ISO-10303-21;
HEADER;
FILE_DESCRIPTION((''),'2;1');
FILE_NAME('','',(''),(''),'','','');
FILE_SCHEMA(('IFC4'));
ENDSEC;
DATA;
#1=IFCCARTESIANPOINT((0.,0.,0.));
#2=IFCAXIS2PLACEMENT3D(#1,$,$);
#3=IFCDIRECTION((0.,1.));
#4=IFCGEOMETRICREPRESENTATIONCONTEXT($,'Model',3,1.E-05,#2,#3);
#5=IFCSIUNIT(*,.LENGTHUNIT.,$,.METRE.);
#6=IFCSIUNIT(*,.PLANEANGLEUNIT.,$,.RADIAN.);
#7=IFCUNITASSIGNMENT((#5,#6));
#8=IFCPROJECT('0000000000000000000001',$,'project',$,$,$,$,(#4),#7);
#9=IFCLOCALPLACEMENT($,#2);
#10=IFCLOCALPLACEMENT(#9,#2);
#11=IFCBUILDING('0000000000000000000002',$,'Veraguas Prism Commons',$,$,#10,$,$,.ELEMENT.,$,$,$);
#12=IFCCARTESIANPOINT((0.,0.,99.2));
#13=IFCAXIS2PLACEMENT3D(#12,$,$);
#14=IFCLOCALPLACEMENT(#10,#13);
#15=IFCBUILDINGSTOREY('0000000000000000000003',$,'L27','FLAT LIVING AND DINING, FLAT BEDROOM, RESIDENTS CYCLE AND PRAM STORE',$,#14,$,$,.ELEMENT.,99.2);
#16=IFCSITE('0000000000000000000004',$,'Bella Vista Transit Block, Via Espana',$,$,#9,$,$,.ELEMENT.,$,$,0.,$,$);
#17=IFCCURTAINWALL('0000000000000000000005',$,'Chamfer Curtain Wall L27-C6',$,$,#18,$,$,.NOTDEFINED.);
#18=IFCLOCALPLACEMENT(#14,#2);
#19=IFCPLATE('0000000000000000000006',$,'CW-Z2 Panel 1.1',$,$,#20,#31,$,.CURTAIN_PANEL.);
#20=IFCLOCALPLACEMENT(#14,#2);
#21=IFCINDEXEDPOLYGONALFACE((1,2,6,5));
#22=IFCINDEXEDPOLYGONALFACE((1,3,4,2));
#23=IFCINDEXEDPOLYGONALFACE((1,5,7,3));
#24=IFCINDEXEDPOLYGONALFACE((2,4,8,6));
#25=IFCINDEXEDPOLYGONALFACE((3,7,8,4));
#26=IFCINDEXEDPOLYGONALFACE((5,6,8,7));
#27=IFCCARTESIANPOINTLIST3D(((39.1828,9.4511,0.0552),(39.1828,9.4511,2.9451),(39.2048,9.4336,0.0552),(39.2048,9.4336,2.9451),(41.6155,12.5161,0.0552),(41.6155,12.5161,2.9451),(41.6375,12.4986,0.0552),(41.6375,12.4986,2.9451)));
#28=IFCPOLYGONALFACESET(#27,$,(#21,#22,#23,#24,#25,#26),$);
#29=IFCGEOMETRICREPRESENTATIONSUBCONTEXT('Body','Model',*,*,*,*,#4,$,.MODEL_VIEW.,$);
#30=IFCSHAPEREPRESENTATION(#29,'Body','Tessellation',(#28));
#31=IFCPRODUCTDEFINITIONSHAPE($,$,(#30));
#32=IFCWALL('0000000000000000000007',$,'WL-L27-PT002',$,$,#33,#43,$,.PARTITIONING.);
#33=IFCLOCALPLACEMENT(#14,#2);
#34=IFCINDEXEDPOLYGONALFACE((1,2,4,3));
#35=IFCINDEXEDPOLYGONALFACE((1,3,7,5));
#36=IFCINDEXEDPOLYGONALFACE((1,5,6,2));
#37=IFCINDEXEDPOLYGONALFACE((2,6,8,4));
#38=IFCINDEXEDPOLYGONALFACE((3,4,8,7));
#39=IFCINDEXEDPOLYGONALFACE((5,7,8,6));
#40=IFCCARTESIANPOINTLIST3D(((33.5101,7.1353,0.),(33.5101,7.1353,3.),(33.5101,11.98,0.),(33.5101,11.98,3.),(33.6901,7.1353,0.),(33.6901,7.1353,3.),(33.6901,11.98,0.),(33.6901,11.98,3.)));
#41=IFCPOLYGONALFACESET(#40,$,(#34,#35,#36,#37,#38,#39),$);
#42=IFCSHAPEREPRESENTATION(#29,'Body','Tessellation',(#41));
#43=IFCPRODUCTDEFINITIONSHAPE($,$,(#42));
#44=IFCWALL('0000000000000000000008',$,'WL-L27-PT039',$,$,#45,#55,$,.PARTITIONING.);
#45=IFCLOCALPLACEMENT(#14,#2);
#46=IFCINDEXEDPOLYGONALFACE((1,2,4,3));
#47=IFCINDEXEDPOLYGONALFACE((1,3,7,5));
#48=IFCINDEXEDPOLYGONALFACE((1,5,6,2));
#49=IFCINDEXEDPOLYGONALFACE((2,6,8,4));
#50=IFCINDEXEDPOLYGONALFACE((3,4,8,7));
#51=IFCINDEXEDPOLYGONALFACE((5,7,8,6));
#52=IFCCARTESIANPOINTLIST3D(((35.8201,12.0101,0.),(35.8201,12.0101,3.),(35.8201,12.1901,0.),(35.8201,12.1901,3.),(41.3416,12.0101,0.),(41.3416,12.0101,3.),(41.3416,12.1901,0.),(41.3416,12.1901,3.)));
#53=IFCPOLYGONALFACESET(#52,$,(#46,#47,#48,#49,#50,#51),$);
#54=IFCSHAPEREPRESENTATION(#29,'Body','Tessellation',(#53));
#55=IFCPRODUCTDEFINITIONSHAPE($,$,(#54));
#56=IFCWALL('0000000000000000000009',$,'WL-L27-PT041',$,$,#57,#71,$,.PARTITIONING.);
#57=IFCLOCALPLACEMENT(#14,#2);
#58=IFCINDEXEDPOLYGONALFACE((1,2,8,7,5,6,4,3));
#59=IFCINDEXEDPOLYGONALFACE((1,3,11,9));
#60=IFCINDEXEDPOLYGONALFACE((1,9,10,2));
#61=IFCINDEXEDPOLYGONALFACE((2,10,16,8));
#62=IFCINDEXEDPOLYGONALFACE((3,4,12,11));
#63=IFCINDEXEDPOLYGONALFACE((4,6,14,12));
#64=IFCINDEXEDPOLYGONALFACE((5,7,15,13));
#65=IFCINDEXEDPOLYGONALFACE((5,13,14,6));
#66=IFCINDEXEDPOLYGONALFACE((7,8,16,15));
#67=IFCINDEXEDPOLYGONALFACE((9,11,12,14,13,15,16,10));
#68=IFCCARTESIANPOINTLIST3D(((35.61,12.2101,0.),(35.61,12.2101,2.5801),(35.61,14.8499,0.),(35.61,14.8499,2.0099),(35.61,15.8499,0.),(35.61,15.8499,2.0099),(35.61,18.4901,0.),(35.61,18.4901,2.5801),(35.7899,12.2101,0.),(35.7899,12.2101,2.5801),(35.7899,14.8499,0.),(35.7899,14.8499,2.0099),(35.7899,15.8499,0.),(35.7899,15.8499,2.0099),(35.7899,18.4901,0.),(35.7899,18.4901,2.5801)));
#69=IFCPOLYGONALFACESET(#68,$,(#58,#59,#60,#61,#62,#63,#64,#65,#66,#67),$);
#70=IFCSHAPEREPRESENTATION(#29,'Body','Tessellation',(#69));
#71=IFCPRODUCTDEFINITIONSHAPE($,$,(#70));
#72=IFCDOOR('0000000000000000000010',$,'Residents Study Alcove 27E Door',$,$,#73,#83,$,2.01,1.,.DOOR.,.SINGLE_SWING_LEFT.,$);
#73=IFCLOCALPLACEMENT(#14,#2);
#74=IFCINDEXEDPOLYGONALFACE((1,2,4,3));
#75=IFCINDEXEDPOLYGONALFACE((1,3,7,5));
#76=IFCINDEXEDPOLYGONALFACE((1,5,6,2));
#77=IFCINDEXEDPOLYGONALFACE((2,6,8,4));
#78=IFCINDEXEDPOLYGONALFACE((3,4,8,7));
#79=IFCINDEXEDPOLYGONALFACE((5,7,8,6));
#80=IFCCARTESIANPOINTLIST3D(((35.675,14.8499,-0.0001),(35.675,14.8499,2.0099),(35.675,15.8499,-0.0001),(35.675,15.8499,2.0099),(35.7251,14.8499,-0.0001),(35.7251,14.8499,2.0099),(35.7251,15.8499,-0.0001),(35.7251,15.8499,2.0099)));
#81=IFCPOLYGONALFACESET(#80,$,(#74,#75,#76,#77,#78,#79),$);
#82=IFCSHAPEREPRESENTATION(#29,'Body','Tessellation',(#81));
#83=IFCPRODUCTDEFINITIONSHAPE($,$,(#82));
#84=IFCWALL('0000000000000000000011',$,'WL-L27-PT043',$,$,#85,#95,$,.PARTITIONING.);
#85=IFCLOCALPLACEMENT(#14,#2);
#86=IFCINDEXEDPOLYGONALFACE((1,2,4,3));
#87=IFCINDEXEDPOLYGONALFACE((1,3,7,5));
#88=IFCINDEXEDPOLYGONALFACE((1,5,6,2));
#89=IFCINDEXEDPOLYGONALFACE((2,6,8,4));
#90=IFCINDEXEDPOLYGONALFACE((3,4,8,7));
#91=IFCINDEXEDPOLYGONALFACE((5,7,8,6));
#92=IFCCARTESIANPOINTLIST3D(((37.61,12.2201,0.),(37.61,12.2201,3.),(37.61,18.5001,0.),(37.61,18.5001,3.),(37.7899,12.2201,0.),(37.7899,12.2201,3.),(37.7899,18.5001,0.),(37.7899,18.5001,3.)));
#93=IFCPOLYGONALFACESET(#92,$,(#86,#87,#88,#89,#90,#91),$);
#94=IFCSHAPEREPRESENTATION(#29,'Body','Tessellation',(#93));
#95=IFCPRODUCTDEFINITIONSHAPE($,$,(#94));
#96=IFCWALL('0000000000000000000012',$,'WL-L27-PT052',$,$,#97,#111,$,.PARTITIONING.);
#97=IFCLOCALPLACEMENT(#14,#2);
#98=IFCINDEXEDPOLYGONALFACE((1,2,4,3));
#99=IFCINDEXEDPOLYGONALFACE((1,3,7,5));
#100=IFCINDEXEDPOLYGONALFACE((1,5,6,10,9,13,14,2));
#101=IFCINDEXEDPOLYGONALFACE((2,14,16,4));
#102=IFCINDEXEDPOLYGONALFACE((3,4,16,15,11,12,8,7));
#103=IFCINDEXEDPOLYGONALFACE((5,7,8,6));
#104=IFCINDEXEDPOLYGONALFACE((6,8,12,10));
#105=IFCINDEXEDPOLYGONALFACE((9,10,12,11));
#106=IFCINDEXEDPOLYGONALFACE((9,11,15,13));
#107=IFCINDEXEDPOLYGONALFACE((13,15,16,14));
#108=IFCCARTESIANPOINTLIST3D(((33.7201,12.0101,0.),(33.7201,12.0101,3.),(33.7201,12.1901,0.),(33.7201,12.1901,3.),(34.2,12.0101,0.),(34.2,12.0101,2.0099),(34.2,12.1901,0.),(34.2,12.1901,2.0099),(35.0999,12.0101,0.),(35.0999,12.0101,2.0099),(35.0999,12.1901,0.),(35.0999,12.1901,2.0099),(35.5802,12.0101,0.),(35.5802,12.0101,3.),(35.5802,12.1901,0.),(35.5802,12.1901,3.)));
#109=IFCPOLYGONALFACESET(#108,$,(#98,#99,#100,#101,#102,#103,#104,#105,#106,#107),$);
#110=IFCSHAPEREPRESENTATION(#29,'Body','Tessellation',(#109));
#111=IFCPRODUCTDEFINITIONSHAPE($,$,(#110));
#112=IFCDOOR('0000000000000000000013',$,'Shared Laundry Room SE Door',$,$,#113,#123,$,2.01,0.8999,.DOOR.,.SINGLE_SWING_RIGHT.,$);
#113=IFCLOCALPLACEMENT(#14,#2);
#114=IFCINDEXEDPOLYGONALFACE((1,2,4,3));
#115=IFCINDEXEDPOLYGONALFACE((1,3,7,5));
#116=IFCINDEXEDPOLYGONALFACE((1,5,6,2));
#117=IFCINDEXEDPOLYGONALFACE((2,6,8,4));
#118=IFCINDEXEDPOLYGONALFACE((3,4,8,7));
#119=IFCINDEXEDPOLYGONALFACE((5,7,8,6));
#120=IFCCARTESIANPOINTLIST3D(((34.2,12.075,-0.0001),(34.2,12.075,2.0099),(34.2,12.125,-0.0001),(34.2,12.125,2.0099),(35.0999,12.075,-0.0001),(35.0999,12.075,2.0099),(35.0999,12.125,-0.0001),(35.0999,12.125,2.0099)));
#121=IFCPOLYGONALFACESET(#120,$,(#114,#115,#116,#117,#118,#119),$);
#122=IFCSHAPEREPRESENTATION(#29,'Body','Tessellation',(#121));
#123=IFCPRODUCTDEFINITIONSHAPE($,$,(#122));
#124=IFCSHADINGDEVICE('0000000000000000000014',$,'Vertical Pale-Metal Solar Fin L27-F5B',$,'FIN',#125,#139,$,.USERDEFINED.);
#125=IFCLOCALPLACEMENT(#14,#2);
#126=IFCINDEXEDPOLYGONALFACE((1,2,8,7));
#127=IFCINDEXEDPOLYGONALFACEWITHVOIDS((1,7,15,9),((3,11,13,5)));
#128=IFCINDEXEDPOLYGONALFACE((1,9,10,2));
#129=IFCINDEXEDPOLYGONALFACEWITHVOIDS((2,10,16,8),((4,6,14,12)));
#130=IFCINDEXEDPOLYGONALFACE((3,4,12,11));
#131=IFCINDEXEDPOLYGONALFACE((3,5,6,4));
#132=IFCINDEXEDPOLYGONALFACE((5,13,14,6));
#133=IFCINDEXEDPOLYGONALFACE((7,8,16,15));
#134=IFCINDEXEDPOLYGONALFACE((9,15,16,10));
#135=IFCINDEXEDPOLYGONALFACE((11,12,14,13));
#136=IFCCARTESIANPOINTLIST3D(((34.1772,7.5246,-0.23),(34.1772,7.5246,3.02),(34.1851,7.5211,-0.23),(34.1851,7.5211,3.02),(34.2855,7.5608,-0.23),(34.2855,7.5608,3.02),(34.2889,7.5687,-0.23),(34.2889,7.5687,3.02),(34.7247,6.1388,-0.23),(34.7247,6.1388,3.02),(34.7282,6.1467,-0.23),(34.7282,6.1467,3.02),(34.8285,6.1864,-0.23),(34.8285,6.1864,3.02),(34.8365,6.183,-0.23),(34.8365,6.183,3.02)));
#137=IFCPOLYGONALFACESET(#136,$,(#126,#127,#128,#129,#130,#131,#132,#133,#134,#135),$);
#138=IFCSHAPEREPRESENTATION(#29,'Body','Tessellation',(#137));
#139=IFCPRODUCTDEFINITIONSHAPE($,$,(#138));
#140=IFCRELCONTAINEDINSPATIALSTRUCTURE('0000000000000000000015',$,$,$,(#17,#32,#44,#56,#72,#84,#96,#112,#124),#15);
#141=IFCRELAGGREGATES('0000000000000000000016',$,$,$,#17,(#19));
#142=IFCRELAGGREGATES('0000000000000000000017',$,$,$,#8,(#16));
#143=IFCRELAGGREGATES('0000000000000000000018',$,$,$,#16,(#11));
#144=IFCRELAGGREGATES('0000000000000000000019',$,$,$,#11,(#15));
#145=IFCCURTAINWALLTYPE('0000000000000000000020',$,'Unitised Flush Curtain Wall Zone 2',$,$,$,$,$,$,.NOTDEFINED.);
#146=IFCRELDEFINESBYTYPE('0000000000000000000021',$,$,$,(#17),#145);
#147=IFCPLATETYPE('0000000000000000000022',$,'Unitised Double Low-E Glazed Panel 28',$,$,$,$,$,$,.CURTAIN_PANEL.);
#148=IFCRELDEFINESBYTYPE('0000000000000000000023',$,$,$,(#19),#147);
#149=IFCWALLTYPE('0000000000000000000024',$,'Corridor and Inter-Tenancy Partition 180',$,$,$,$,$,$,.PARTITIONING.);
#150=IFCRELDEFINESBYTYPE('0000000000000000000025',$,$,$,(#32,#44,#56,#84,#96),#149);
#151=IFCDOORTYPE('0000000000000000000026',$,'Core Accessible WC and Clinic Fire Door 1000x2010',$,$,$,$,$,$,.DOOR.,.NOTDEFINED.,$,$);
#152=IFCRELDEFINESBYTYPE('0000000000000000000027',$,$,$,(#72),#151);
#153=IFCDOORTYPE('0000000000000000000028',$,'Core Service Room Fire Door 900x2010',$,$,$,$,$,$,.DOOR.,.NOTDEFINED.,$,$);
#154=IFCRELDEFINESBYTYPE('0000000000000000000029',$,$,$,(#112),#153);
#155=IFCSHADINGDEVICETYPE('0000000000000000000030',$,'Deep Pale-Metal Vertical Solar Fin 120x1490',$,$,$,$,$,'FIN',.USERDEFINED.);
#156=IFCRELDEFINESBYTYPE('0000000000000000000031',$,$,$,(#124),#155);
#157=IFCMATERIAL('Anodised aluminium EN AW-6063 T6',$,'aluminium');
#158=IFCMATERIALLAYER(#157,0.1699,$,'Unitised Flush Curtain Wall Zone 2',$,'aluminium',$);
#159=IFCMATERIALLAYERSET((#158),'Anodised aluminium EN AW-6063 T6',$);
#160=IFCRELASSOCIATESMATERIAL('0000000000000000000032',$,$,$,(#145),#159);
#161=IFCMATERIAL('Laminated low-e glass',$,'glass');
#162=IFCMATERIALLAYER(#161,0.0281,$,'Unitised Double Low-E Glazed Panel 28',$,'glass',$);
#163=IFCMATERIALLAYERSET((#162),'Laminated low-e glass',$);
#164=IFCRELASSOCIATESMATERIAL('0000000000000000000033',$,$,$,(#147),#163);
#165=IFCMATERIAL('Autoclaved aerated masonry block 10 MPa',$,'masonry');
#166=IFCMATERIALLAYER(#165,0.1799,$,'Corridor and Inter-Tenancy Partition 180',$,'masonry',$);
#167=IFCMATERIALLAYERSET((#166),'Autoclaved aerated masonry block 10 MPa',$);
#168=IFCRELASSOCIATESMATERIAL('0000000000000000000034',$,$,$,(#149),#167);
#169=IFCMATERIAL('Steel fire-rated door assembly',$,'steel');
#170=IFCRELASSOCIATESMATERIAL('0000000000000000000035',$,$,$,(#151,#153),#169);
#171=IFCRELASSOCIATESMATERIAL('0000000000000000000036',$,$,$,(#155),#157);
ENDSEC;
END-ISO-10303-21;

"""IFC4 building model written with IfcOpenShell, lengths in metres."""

from ifc_helpers import new_model, si_unit, direction, frame, frame_2d, origin, origin_2d, place, context, subcontext, project, spatial, rectangle, hollow_rectangle, extrude, source, transform, mapped, material, layer, layer_set, material_profile, profile_set, type_object, element, fill, aggregate, save


model = new_model("IFC4")

# Units and contexts
model_context = context("Model", 3, precision=1e-05, world=origin(), true_north=direction((0.0, 1.0)))
body_context = subcontext(model_context, "Body", "Model", "MODEL_VIEW")
ifc_project = project(units=[si_unit("LENGTHUNIT", "METRE"), si_unit("PLANEANGLEUNIT", "RADIAN")], contexts=[model_context])

# Site, building, storey
site_placement = place(None, origin())
site = spatial("IfcSite", under=ifc_project, at=site_placement, Name="Bella Vista Transit Block, Via Espana", CompositionType="ELEMENT", RefElevation=0.0)
building_placement = place(site_placement, origin())
building = spatial("IfcBuilding", under=site, at=building_placement, Name="Veraguas Prism Commons", CompositionType="ELEMENT")
storey_placement = place(building_placement, frame((0.0, 0.0, 99.2)))
storey = spatial("IfcBuildingStorey", under=building, at=storey_placement, Name="L27", Description="FLAT LIVING AND DINING, FLAT BEDROOM, RESIDENTS CYCLE AND PRAM STORE", CompositionType="ELEMENT", Elevation=99.2)

# Shared definitions
ifc_material_1 = material(Name="Anodised aluminium EN AW-6063 T6", Category="aluminium")
ifc_layer_1 = layer(ifc_material_1, 0.1699, Name="Unitised Flush Curtain Wall Zone 2", Category="aluminium")
ifc_layer_set_1 = layer_set([ifc_layer_1], Name="Anodised aluminium EN AW-6063 T6")
curtain_wall_type = type_object("IfcCurtainWallType", Name="Unitised Flush Curtain Wall Zone 2", PredefinedType="NOTDEFINED", material=ifc_layer_set_1)

# Curtain wall
curtain_wall_1_placement = place(storey_placement, origin())
curtain_wall_1 = element("IfcCurtainWall", 1, at=curtain_wall_1_placement, inside=storey, type_object=curtain_wall_type, Name="Chamfer Curtain Wall L27-C6", PredefinedType="NOTDEFINED")

# Plate
ifc_material_2 = material(Name="Laminated low-e glass", Category="glass")
ifc_layer_2 = layer(ifc_material_2, 0.0281, Name="Unitised Double Low-E Glazed Panel 28", Category="glass")
ifc_layer_set_2 = layer_set([ifc_layer_2], Name="Laminated low-e glass")
plate_type = type_object("IfcPlateType", Name="Unitised Double Low-E Glazed Panel 28", PredefinedType="CURTAIN_PANEL", material=ifc_layer_set_2)
shared_shape_1 = source(origin(), body_context, "Body", "SweptSolid", [
    extrude(rectangle(XDim=3.9131, YDim=0.0281, at=origin_2d()), origin(), (0.0, 0.0, 1.0), 2.8899),
])
plate_1_placement = place(storey_placement, frame((40.4102, 10.9749, 0.0552), z_axis=(0.0, 0.0, 1.0), x_axis=(0.621682, 0.783269, 0.0)))
plate_1 = element("IfcPlate", 2, at=plate_1_placement, type_object=plate_type, Name="CW-Z2 Panel 1.1", PredefinedType="CURTAIN_PANEL", context=body_context, shape_type="MappedRepresentation", body=[
    mapped(shared_shape_1, transform((0.0, 0.0, 0.0), scale=1.0)),
])
aggregate(curtain_wall_1, [plate_1])

# Walls
ifc_material_3 = material(Name="Autoclaved aerated masonry block 10 MPa", Category="masonry")
ifc_layer_3 = layer(ifc_material_3, 0.1799, Name="Corridor and Inter-Tenancy Partition 180", Category="masonry")
ifc_layer_set_3 = layer_set([ifc_layer_3], Name="Autoclaved aerated masonry block 10 MPa")
wall_type = type_object("IfcWallType", Name="Corridor and Inter-Tenancy Partition 180", PredefinedType="PARTITIONING", material=ifc_layer_set_3)
wall_1_placement = place(storey_placement, frame((33.6001, 11.98, 0.0), z_axis=(0.0, 0.0, 1.0), x_axis=(0.0, -1.0, 0.0)))
element("IfcWall", 3, at=wall_1_placement, inside=storey, type_object=wall_type, Name="WL-L27-PT002", PredefinedType="PARTITIONING", context=body_context, shape_type="SweptSolid", body=[
    extrude(rectangle(XDim=4.8447, YDim=0.1799, at=frame_2d((2.4224, 0.0))), origin(), (0.0, 0.0, 1.0), 3.0),
])
wall_2_placement = place(storey_placement, frame((35.8201, 12.1001, 0.0), z_axis=(0.0, 0.0, 1.0), x_axis=(1.0, 0.0, 0.0)))
element("IfcWall", 4, at=wall_2_placement, inside=storey, type_object=wall_type, Name="WL-L27-PT039", PredefinedType="PARTITIONING", context=body_context, shape_type="SweptSolid", body=[
    extrude(rectangle(XDim=5.5215, YDim=0.1799, at=frame_2d((2.7607, 0.0))), origin(), (0.0, 0.0, 1.0), 3.0),
])

# Wall, opening, door
wall_3_placement = place(storey_placement, frame((35.7, 12.21, 0.0), z_axis=(0.0, 0.0, 1.0), x_axis=(0.0, 1.0, 0.0)))
wall_3 = element("IfcWall", 5, at=wall_3_placement, inside=storey, type_object=wall_type, Name="WL-L27-PT041", PredefinedType="PARTITIONING", context=body_context, shape_type="SweptSolid", body=[
    extrude(rectangle(XDim=6.28, YDim=0.1799, at=frame_2d((3.1401, 0.0))), origin(), (0.0, 0.0, 1.0), 2.5801),
])
opening_1_placement = place(wall_3_placement, frame((2.6399, 0.0, 0.0)))
opening_1 = element("IfcOpeningElement", 6, at=opening_1_placement, cuts=wall_3, PredefinedType="OPENING", context=body_context, shape_type="SweptSolid", body=[
    extrude(rectangle(XDim=1.0, YDim=2.01, at=frame_2d((0.5, 1.0049))), frame((0.0, 0.0999, 0.0), z_axis=(0.0, -1.0, 0.0), x_axis=(1.0, 0.0, 0.0)), (0.0, 0.0, 1.0), 0.2),
])
ifc_material_4 = material(Name="Steel fire-rated door assembly", Category="steel")
door_type_1 = type_object("IfcDoorType", Name="Core Accessible WC and Clinic Fire Door 1000x2010", OperationType="NOTDEFINED", PredefinedType="DOOR", material=ifc_material_4)
shared_shape_2 = source(origin(), body_context, "Body", "SweptSolid", [
    extrude(rectangle(XDim=1.0, YDim=2.01, at=frame_2d((0.5, 1.0049))), frame((0.0, 0.0249, 0.0), z_axis=(0.0, -1.0, 0.0), x_axis=(1.0, 0.0, 0.0)), (0.0, 0.0, 1.0), 0.05),
])
door_1_placement = place(opening_1_placement, origin())
door_1 = element("IfcDoor", 7, at=door_1_placement, inside=storey, type_object=door_type_1, Name="Residents Study Alcove 27E Door", OperationType="SINGLE_SWING_LEFT", OverallHeight=2.01, OverallWidth=1.0, PredefinedType="DOOR", context=body_context, shape_type="MappedRepresentation", body=[
    mapped(shared_shape_2, transform((0.0, 0.0, 0.0), scale=1.0)),
])
fill(opening_1, door_1)

# Wall
wall_4_placement = place(storey_placement, frame((37.7, 12.22, 0.0), z_axis=(0.0, 0.0, 1.0), x_axis=(0.0, 1.0, 0.0)))
element("IfcWall", 8, at=wall_4_placement, inside=storey, type_object=wall_type, Name="WL-L27-PT043", PredefinedType="PARTITIONING", context=body_context, shape_type="SweptSolid", body=[
    extrude(rectangle(XDim=6.28, YDim=0.1799, at=frame_2d((3.1401, 0.0))), origin(), (0.0, 0.0, 1.0), 3.0),
])

# Wall, opening, door
wall_5_placement = place(storey_placement, frame((33.72, 12.1001, 0.0), z_axis=(0.0, 0.0, 1.0), x_axis=(1.0, 0.0, 0.0)))
wall_5 = element("IfcWall", 9, at=wall_5_placement, inside=storey, type_object=wall_type, Name="WL-L27-PT052", PredefinedType="PARTITIONING", context=body_context, shape_type="SweptSolid", body=[
    extrude(rectangle(XDim=1.8601, YDim=0.1799, at=frame_2d((0.9302, 0.0))), origin(), (0.0, 0.0, 1.0), 3.0),
])
opening_2_placement = place(wall_5_placement, frame((0.48, 0.0, 0.0)))
opening_2 = element("IfcOpeningElement", 10, at=opening_2_placement, cuts=wall_5, PredefinedType="OPENING", context=body_context, shape_type="SweptSolid", body=[
    extrude(rectangle(XDim=0.8999, YDim=2.01, at=frame_2d((0.45, 1.0049))), frame((0.0, 0.0999, 0.0), z_axis=(0.0, -1.0, 0.0), x_axis=(1.0, 0.0, 0.0)), (0.0, 0.0, 1.0), 0.2),
])
door_type_2 = type_object("IfcDoorType", Name="Core Service Room Fire Door 900x2010", OperationType="NOTDEFINED", PredefinedType="DOOR", material=ifc_material_4)
shared_shape_3 = source(origin(), body_context, "Body", "SweptSolid", [
    extrude(rectangle(XDim=0.8999, YDim=2.01, at=frame_2d((0.45, 1.0049))), frame((0.0, 0.0249, 0.0), z_axis=(0.0, -1.0, 0.0), x_axis=(1.0, 0.0, 0.0)), (0.0, 0.0, 1.0), 0.05),
])
door_2_placement = place(opening_2_placement, origin())
door_2 = element("IfcDoor", 11, at=door_2_placement, inside=storey, type_object=door_type_2, Name="Shared Laundry Room SE Door", OperationType="SINGLE_SWING_RIGHT", OverallHeight=2.01, OverallWidth=0.8999, PredefinedType="DOOR", context=body_context, shape_type="MappedRepresentation", body=[
    mapped(shared_shape_3, transform((0.0, 0.0, 0.0), scale=1.0)),
])
fill(opening_2, door_2)

# Shading device
ifc_material_profile_1 = material_profile(ifc_material_1, hollow_rectangle(XDim=0.1201, YDim=1.49, WallThickness=0.0061, at=origin_2d()), Name="FIN120X1490X6")
ifc_profile_set_1 = profile_set([ifc_material_profile_1], Name="Anodised aluminium EN AW-6063 T6")
shading_device_type = type_object("IfcShadingDeviceType", Name="Deep Pale-Metal Vertical Solar Fin 120x1490", ElementType="FIN", PredefinedType="USERDEFINED", material=ifc_profile_set_1)
shading_device_placement = place(storey_placement, frame((34.5068, 6.8538, -0.23), z_axis=(0.0, 0.0, 1.0), x_axis=(0.930034, 0.367474, 0.0)))
element("IfcShadingDevice", 12, at=shading_device_placement, inside=storey, type_object=shading_device_type, Name="Vertical Pale-Metal Solar Fin L27-F5B", ObjectType="FIN", PredefinedType="USERDEFINED", context=body_context, shape_type="SweptSolid", body=[
    extrude(hollow_rectangle(XDim=0.1201, YDim=1.49, WallThickness=0.0061, at=origin_2d()), origin(), (0.0, 0.0, 1.0), 3.25),
])

save(model, "model.ifc")
